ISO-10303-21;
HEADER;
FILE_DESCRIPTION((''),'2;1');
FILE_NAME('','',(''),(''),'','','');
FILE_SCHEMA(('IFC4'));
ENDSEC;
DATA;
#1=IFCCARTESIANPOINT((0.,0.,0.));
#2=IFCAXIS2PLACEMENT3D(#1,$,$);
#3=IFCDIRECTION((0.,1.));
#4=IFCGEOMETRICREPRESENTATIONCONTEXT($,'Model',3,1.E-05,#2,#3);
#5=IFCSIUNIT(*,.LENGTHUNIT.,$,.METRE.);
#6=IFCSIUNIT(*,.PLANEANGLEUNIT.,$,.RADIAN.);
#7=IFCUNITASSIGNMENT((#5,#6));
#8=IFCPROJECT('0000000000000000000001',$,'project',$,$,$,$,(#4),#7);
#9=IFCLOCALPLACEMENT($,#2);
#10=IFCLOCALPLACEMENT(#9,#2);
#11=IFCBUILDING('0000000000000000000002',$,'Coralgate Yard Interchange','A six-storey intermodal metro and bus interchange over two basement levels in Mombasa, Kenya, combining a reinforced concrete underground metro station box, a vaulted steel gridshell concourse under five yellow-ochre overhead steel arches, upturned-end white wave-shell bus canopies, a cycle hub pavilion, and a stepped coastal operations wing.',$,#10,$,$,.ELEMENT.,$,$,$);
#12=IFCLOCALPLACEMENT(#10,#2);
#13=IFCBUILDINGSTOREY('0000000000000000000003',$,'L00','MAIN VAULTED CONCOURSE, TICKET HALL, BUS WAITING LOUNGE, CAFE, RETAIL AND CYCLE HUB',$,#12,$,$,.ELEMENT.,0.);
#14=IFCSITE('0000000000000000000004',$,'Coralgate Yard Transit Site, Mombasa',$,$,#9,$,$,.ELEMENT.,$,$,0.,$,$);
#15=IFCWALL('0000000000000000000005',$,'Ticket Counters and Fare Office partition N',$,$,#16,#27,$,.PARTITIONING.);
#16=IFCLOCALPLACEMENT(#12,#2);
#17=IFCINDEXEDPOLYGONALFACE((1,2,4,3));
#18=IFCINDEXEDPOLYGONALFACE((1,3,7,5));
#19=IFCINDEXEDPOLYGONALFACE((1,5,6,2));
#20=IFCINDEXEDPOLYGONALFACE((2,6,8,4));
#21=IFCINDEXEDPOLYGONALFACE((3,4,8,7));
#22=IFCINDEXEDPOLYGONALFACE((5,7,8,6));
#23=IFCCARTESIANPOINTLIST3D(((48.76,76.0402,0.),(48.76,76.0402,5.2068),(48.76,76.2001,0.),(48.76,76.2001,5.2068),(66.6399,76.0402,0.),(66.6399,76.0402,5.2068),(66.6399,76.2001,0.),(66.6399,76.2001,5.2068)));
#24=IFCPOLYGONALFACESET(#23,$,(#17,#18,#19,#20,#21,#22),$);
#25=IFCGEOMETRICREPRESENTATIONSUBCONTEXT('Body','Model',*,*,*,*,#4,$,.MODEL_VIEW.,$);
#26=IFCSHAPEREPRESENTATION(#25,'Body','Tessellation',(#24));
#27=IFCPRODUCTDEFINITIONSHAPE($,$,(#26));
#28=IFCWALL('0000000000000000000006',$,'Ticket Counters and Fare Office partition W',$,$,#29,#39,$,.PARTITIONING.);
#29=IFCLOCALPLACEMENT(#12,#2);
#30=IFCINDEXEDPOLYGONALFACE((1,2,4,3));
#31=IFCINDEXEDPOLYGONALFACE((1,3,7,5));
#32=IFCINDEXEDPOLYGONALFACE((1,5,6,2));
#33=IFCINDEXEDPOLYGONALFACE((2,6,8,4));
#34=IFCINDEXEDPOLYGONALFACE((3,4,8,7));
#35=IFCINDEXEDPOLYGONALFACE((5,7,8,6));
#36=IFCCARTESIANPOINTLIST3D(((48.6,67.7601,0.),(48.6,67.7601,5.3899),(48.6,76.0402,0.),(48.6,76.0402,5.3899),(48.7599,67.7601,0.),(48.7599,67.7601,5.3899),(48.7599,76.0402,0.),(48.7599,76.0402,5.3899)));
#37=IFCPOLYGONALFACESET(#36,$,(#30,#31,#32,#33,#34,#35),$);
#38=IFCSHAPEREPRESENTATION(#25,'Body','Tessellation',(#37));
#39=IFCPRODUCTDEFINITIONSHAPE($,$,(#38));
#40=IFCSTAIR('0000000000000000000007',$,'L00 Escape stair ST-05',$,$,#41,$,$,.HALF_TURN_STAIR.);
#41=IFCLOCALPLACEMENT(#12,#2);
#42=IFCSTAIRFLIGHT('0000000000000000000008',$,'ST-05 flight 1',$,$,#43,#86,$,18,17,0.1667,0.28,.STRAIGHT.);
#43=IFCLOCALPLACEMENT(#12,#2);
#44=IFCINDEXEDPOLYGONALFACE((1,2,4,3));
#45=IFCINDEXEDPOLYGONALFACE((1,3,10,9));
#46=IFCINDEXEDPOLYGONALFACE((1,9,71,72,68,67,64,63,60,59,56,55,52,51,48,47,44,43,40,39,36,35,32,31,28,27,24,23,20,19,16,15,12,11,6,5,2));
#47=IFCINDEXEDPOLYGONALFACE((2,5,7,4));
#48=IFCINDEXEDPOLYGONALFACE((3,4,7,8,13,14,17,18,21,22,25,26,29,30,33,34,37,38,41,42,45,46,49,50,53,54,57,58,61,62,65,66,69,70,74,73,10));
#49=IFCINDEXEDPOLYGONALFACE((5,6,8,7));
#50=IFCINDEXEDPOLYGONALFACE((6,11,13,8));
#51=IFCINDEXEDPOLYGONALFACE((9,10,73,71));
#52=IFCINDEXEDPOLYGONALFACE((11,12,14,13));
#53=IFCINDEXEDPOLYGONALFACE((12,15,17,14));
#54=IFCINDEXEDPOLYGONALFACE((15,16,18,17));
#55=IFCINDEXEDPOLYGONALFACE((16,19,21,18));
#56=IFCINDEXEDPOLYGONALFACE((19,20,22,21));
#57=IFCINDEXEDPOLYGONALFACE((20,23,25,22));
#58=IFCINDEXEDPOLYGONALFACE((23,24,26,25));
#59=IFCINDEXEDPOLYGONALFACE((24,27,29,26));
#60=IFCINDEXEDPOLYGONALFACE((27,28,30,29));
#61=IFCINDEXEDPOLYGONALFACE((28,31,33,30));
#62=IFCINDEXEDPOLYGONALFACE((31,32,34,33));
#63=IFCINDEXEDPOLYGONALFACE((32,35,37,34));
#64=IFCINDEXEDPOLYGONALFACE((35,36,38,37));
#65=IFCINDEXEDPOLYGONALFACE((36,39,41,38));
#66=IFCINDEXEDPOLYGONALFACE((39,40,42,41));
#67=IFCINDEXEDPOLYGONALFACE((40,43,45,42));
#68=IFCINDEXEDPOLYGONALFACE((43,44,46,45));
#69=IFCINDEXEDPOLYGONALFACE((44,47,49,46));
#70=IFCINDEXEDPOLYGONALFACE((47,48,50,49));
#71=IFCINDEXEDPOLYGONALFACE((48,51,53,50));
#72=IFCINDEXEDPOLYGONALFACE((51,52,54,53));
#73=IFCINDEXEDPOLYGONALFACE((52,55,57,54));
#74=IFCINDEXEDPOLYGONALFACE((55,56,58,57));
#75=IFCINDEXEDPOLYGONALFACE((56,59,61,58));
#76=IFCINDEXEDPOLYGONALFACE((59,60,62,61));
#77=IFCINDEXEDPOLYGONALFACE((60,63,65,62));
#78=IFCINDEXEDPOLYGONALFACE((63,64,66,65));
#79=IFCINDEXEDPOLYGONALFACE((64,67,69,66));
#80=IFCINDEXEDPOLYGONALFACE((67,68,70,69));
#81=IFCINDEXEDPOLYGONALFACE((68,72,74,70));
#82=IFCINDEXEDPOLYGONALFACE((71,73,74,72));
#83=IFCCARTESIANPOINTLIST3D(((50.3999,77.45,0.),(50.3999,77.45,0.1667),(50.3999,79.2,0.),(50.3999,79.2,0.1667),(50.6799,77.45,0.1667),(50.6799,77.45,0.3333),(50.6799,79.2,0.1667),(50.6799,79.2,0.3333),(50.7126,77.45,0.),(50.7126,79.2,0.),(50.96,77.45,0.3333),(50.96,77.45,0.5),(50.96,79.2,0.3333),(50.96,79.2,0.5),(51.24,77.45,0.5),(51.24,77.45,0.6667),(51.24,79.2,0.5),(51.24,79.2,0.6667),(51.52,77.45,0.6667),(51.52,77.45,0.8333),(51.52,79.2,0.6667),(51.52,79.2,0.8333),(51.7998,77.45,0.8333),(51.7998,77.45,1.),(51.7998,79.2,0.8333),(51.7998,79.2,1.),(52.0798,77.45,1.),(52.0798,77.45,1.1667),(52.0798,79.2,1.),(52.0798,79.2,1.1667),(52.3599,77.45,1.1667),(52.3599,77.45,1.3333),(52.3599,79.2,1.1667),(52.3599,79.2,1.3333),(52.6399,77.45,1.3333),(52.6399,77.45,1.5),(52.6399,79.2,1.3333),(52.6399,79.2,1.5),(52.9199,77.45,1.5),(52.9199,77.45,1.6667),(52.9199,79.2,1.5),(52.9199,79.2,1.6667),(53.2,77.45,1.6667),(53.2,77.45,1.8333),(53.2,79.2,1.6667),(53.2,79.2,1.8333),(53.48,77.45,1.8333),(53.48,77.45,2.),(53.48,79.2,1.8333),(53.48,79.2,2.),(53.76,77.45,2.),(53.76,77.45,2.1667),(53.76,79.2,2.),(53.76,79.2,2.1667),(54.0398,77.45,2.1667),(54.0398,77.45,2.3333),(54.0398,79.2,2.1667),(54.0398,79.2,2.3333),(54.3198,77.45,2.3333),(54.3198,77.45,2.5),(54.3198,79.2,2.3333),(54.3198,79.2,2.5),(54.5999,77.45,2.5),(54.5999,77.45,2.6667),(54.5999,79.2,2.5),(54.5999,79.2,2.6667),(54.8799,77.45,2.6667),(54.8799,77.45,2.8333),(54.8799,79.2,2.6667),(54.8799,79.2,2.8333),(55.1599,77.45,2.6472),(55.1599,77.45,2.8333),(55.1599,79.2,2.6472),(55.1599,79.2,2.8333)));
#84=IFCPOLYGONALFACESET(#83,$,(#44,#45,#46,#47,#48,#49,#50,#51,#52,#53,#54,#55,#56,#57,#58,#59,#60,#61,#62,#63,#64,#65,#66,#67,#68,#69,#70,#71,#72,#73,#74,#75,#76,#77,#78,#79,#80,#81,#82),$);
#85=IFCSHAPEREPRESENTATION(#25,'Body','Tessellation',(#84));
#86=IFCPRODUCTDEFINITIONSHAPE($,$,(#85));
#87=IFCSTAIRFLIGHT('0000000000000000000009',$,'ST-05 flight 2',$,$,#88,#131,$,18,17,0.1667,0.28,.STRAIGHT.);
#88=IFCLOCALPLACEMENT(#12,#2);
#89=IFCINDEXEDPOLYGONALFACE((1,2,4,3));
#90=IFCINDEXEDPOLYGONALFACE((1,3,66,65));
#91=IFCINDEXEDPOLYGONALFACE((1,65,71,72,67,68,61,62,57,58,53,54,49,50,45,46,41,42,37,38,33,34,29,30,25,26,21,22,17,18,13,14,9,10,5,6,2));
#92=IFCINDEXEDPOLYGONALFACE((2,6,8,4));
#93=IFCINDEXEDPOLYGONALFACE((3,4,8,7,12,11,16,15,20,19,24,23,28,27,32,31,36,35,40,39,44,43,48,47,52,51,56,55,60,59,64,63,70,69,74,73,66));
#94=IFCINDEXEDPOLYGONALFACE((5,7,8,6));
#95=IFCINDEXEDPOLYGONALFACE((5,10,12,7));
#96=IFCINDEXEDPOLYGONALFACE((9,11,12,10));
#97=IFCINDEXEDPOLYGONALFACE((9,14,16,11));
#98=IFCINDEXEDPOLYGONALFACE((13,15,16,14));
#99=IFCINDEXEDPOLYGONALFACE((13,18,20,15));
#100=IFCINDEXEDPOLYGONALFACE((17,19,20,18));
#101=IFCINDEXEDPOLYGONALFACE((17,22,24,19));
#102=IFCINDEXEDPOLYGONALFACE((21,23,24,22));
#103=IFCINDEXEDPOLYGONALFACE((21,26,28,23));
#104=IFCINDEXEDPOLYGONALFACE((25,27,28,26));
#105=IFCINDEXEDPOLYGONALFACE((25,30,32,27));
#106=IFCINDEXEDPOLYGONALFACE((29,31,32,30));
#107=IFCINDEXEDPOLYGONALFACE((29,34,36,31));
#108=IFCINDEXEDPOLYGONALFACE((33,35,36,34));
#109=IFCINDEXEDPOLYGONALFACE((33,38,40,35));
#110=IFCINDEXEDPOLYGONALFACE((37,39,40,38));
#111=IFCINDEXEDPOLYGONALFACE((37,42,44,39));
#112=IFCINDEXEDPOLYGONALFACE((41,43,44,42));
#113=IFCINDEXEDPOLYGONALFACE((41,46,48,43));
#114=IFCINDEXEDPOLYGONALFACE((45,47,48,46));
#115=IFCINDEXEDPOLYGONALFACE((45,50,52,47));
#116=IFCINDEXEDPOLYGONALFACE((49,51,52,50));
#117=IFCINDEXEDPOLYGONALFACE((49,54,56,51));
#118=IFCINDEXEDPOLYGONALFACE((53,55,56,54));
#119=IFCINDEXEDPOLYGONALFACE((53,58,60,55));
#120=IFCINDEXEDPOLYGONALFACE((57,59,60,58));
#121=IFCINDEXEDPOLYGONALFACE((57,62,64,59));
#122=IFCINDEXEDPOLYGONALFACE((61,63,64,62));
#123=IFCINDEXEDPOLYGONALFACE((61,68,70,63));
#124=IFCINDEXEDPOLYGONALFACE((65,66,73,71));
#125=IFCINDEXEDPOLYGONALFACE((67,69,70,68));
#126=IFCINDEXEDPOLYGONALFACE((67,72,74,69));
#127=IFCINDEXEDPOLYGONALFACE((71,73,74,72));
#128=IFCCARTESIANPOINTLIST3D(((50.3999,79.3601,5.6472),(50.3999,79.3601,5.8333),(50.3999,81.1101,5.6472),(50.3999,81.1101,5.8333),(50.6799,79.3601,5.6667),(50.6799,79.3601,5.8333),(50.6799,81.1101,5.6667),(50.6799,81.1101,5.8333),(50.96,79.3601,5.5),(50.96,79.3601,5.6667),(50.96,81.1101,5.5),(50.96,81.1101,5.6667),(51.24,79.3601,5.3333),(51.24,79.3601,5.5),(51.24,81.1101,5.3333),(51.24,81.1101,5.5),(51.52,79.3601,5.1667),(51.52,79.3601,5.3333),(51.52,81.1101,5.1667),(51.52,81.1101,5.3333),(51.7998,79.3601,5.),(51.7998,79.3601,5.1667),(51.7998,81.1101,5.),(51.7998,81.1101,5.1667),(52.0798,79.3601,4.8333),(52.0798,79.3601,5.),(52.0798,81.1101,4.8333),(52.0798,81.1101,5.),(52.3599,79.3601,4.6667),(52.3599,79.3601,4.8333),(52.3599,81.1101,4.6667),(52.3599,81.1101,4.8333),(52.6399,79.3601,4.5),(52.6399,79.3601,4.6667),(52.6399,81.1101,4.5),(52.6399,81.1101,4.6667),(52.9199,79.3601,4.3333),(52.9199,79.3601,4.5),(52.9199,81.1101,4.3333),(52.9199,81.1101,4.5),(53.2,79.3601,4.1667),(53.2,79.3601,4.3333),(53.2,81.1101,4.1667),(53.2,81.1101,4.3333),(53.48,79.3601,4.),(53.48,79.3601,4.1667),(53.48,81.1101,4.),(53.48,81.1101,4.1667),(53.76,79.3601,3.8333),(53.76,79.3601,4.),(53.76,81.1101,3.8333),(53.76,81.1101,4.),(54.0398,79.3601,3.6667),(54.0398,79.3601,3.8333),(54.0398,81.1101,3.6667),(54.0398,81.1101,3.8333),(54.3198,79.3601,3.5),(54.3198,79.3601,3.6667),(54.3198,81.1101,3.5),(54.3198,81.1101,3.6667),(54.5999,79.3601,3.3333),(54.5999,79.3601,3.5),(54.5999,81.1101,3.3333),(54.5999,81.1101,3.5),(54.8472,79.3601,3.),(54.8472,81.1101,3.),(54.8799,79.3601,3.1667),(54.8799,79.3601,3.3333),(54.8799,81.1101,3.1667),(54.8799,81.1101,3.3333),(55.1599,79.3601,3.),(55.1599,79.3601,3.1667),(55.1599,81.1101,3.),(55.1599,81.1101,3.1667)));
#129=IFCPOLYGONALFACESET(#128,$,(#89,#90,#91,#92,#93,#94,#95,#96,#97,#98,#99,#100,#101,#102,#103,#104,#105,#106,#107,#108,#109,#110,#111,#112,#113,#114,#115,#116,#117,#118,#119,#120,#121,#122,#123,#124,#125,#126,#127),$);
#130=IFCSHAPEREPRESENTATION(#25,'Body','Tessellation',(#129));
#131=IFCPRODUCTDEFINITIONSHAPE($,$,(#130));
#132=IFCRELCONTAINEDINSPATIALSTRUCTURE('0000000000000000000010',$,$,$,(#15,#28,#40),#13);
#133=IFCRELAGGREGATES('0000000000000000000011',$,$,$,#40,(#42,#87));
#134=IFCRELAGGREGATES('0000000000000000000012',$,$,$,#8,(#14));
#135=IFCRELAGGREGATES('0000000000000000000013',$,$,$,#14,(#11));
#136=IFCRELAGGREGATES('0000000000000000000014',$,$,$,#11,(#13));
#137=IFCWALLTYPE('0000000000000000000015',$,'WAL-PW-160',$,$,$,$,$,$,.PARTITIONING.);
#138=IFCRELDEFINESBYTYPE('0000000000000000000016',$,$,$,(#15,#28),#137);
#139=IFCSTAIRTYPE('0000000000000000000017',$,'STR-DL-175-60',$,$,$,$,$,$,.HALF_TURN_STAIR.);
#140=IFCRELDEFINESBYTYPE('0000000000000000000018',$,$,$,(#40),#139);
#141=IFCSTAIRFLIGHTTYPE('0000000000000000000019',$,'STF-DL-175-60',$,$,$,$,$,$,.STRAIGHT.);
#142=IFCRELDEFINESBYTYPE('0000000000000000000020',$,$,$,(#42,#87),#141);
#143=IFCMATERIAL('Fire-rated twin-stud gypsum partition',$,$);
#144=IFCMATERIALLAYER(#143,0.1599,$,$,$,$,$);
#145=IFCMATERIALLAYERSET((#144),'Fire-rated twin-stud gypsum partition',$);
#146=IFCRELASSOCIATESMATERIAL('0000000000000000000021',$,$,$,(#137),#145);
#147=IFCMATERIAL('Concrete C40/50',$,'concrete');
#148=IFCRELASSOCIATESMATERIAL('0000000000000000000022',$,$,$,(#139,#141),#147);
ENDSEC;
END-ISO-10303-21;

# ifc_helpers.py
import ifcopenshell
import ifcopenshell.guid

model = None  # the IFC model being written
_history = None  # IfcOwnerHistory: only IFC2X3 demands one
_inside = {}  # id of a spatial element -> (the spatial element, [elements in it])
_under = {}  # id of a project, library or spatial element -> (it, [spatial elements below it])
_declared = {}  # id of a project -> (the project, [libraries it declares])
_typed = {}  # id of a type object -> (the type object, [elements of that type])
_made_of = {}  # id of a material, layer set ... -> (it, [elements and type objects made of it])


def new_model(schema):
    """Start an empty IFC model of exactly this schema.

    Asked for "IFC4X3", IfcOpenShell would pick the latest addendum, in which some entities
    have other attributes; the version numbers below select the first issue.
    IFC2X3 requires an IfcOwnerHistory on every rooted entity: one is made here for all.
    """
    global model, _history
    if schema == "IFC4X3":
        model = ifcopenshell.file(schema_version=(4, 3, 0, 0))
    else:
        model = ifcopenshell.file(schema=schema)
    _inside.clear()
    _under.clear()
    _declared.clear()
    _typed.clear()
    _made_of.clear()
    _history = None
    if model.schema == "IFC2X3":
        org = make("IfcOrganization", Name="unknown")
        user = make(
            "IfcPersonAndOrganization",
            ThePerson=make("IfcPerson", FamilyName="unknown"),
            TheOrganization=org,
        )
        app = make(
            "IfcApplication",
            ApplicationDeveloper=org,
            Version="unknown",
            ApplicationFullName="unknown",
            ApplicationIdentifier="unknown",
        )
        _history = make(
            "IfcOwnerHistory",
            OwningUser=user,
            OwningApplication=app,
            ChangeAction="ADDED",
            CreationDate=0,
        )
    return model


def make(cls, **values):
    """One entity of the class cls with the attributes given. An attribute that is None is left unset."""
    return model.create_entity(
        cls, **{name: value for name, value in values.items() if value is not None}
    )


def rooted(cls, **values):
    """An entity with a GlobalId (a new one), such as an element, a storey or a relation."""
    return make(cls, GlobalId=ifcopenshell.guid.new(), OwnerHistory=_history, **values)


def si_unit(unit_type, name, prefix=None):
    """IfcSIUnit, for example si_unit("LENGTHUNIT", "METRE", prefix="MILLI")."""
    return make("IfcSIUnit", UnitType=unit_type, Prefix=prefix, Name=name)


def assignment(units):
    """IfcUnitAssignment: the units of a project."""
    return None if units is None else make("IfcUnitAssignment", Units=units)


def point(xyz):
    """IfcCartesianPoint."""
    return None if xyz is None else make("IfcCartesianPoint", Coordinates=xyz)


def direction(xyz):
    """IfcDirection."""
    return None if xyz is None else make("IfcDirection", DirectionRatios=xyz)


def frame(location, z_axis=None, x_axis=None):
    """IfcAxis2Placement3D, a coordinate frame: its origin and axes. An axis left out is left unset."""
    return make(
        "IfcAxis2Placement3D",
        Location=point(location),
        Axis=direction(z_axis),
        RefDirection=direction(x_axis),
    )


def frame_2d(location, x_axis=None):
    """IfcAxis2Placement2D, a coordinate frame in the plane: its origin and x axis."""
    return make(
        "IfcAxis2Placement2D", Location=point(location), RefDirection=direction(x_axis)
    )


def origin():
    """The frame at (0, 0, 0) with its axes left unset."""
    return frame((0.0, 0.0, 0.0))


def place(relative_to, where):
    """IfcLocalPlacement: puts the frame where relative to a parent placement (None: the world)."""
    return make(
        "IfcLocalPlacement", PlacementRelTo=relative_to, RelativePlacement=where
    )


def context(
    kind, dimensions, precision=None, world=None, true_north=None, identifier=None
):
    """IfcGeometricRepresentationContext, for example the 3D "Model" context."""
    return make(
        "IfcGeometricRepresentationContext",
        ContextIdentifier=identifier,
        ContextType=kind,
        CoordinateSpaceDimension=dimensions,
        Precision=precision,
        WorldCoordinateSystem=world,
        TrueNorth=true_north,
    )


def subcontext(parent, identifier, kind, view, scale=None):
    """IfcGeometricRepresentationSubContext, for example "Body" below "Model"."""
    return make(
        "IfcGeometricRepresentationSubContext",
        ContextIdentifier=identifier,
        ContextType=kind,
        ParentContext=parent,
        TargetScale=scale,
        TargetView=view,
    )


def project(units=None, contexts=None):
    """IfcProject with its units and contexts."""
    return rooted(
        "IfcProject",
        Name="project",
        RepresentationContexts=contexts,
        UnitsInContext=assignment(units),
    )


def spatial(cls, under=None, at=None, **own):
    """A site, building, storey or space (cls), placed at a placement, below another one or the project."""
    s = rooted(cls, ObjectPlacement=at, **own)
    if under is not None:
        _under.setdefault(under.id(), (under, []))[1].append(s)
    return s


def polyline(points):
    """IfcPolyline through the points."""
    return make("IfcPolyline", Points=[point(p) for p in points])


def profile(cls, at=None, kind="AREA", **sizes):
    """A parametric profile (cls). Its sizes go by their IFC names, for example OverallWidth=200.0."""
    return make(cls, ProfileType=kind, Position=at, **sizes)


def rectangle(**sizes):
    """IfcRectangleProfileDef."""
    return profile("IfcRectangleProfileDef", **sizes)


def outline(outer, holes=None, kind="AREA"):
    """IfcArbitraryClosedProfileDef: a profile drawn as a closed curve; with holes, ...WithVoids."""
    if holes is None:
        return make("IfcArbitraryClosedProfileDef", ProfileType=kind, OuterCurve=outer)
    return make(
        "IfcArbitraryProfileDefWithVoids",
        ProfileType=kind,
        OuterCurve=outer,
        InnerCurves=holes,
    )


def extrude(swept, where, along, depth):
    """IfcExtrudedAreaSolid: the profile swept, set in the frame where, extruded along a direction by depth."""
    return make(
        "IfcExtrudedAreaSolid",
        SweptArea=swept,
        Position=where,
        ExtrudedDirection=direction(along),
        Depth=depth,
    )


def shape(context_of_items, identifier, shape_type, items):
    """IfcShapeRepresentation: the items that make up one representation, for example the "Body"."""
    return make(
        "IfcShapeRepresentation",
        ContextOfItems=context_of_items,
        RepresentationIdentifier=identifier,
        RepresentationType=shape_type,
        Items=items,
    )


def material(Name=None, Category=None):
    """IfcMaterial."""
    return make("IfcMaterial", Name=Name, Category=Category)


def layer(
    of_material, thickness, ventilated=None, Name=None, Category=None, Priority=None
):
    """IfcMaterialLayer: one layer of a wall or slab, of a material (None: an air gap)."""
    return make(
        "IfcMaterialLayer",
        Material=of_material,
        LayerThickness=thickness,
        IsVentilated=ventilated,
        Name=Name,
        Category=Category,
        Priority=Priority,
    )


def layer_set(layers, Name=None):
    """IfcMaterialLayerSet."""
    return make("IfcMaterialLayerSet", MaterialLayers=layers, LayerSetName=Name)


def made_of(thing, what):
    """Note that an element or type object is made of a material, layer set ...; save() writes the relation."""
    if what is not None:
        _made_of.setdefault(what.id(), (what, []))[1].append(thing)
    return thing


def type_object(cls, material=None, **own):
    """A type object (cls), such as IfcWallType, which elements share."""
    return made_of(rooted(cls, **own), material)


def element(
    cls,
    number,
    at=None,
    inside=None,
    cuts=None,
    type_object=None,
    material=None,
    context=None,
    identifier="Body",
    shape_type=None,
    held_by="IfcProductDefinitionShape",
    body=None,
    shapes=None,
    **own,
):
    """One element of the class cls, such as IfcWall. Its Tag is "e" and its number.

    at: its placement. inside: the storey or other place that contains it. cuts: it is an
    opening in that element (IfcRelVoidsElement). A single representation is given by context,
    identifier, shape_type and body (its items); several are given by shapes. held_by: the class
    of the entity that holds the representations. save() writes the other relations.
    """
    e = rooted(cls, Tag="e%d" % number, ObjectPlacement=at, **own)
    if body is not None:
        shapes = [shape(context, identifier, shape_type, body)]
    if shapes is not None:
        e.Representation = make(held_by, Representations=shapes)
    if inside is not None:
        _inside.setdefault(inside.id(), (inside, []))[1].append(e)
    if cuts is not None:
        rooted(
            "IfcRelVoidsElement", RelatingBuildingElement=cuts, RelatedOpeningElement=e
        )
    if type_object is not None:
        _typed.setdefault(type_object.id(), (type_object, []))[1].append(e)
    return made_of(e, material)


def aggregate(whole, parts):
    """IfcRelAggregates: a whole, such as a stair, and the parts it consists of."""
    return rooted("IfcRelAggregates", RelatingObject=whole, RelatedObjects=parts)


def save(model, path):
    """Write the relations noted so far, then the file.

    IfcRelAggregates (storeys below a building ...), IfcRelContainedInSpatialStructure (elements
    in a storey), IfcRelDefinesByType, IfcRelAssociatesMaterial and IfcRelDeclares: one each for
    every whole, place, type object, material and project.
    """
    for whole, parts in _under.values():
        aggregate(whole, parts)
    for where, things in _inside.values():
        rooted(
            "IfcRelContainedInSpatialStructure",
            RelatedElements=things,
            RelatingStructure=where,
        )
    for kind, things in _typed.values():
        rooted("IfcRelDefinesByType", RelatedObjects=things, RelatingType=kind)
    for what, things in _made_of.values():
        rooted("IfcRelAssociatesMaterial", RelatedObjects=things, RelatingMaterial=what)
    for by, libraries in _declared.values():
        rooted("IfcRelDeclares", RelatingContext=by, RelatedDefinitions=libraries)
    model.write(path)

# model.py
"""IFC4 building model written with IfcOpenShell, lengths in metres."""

from ifc_helpers import new_model, si_unit, direction, frame, frame_2d, origin, place, context, subcontext, project, spatial, polyline, rectangle, outline, extrude, material, layer, layer_set, type_object, element, aggregate, save


model = new_model("IFC4")

# Units and contexts
model_context = context("Model", 3, precision=1e-05, world=origin(), true_north=direction((0.0, 1.0)))
body_context = subcontext(model_context, "Body", "Model", "MODEL_VIEW")
ifc_project = project(units=[si_unit("LENGTHUNIT", "METRE"), si_unit("PLANEANGLEUNIT", "RADIAN")], contexts=[model_context])

# Site, building, storey
site_placement = place(None, origin())
site = spatial("IfcSite", under=ifc_project, at=site_placement, Name="Coralgate Yard Transit Site, Mombasa", CompositionType="ELEMENT", RefElevation=0.0)
building_placement = place(site_placement, origin())
building = spatial("IfcBuilding", under=site, at=building_placement, Name="Coralgate Yard Interchange", Description="A six-storey intermodal metro and bus interchange over two basement levels in Mombasa, Kenya, combining a reinforced concrete underground metro station box, a vaulted steel gridshell concourse under five yellow-ochre overhead steel arches, upturned-end white wave-shell bus canopies, a cycle hub pavilion, and a stepped coastal operations wing.", CompositionType="ELEMENT")
storey_placement = place(building_placement, origin())
storey = spatial("IfcBuildingStorey", under=building, at=storey_placement, Name="L00", Description="MAIN VAULTED CONCOURSE, TICKET HALL, BUS WAITING LOUNGE, CAFE, RETAIL AND CYCLE HUB", CompositionType="ELEMENT", Elevation=0.0)

# Shared definitions
ifc_material_1 = material(Name="Concrete C40/50", Category="concrete")

# Walls
ifc_material_2 = material(Name="Fire-rated twin-stud gypsum partition")
ifc_layer_1 = layer(ifc_material_2, 0.1599)
ifc_layer_set_1 = layer_set([ifc_layer_1], Name="Fire-rated twin-stud gypsum partition")
wall_type_1 = type_object("IfcWallType", Name="WAL-PW-160", PredefinedType="PARTITIONING", material=ifc_layer_set_1)
wall_1_placement = place(storey_placement, frame((48.76, 76.1201, 0.0), z_axis=(0.0, 0.0, 1.0), x_axis=(1.0, 0.0, 0.0)))
element("IfcWall", 1, at=wall_1_placement, inside=storey, type_object=wall_type_1, Name="Ticket Counters and Fare Office partition N", PredefinedType="PARTITIONING", context=body_context, shape_type="SweptSolid", body=[
    extrude(rectangle(XDim=17.8799, YDim=0.1599, at=frame_2d((8.9399, 0.0))), origin(), (0.0, 0.0, 1.0), 5.2068),
])
wall_2_placement = place(storey_placement, frame((48.6799, 67.76, 0.0), z_axis=(0.0, 0.0, 1.0), x_axis=(0.0, 1.0, 0.0)))
element("IfcWall", 2, at=wall_2_placement, inside=storey, type_object=wall_type_1, Name="Ticket Counters and Fare Office partition W", PredefinedType="PARTITIONING", context=body_context, shape_type="SweptSolid", body=[
    extrude(rectangle(XDim=8.28, YDim=0.1599, at=frame_2d((4.1401, 0.0))), origin(), (0.0, 0.0, 1.0), 5.3899),
])

# Stair, stair flights
stair_type = type_object("IfcStairType", Name="STR-DL-175-60", PredefinedType="HALF_TURN_STAIR", material=ifc_material_1)
stair_placement = place(storey_placement, origin())
stair = element("IfcStair", 3, at=stair_placement, inside=storey, type_object=stair_type, Name="L00 Escape stair ST-05", PredefinedType="HALF_TURN_STAIR")
stair_flight_type = type_object("IfcStairFlightType", Name="STF-DL-175-60", PredefinedType="STRAIGHT", material=ifc_material_1)
stair_flight_1_placement = place(storey_placement, frame((50.3999, 78.325, 0.0), z_axis=(0.0, 0.0, 1.0), x_axis=(1.0, 0.0, 0.0)))
stair_flight_1 = element("IfcStairFlight", 4, at=stair_flight_1_placement, type_object=stair_flight_type, Name="ST-05 flight 1", NumberOfRisers=18, NumberOfTreads=17, PredefinedType="STRAIGHT", RiserHeight=0.1667, TreadLength=0.28, context=body_context, shape_type="SweptSolid", body=[
    extrude(outline(polyline([(0.0, 0.0), (0.0, 0.1667), (0.28, 0.1667), (0.28, 0.3333), (0.5601, 0.3333), (0.5601, 0.5), (0.8401, 0.5), (0.8401, 0.6667), (1.1201, 0.6667), (1.1201, 0.8333), (1.3999, 0.8333), (1.3999, 1.0), (1.6799, 1.0), (1.6799, 1.1667), (1.96, 1.1667), (1.96, 1.3333), (2.24, 1.3333), (2.24, 1.5), (2.52, 1.5), (2.52, 1.6667), (2.8, 1.6667), (2.8, 1.8333), (3.0801, 1.8333), (3.0801, 2.0), (3.3601, 2.0), (3.3601, 2.1667), (3.6399, 2.1667), (3.6399, 2.3333), (3.9199, 2.3333), (3.9199, 2.5), (4.2, 2.5), (4.2, 2.6667), (4.48, 2.6667), (4.48, 2.8333), (4.76, 2.8333), (4.76, 3.0), (4.76, 2.6472), (0.3127, 0.0), (0.0, 0.0)])), frame((0.0, 0.875, 0.0), z_axis=(0.0, -1.0, 0.0), x_axis=(1.0, 0.0, 0.0)), (0.0, 0.0, 1.0), 1.75),
])
stair_flight_2_placement = place(storey_placement, frame((55.1599, 80.2351, 3.0), z_axis=(0.0, 0.0, 1.0), x_axis=(-1.0, 0.0, 0.0)))
stair_flight_2 = element("IfcStairFlight", 5, at=stair_flight_2_placement, type_object=stair_flight_type, Name="ST-05 flight 2", NumberOfRisers=18, NumberOfTreads=17, PredefinedType="STRAIGHT", RiserHeight=0.1667, TreadLength=0.28, context=body_context, shape_type="SweptSolid", body=[
    extrude(outline(polyline([(0.0, 0.0), (0.0, 0.1667), (0.28, 0.1667), (0.28, 0.3333), (0.5601, 0.3333), (0.5601, 0.5), (0.8401, 0.5), (0.8401, 0.6667), (1.1201, 0.6667), (1.1201, 0.8333), (1.3999, 0.8333), (1.3999, 1.0), (1.6799, 1.0), (1.6799, 1.1667), (1.96, 1.1667), (1.96, 1.3333), (2.24, 1.3333), (2.24, 1.5), (2.52, 1.5), (2.52, 1.6667), (2.8, 1.6667), (2.8, 1.8333), (3.0801, 1.8333), (3.0801, 2.0), (3.3601, 2.0), (3.3601, 2.1667), (3.6399, 2.1667), (3.6399, 2.3333), (3.9199, 2.3333), (3.9199, 2.5), (4.2, 2.5), (4.2, 2.6667), (4.48, 2.6667), (4.48, 2.8333), (4.76, 2.8333), (4.76, 3.0), (4.76, 2.6472), (0.3127, 0.0), (0.0, 0.0)])), frame((0.0, 0.875, 0.0), z_axis=(0.0, -1.0, 0.0), x_axis=(1.0, 0.0, 0.0)), (0.0, 0.0, 1.0), 1.75),
])
aggregate(stair, [stair_flight_1, stair_flight_2])

save(model, "model.ifc")
